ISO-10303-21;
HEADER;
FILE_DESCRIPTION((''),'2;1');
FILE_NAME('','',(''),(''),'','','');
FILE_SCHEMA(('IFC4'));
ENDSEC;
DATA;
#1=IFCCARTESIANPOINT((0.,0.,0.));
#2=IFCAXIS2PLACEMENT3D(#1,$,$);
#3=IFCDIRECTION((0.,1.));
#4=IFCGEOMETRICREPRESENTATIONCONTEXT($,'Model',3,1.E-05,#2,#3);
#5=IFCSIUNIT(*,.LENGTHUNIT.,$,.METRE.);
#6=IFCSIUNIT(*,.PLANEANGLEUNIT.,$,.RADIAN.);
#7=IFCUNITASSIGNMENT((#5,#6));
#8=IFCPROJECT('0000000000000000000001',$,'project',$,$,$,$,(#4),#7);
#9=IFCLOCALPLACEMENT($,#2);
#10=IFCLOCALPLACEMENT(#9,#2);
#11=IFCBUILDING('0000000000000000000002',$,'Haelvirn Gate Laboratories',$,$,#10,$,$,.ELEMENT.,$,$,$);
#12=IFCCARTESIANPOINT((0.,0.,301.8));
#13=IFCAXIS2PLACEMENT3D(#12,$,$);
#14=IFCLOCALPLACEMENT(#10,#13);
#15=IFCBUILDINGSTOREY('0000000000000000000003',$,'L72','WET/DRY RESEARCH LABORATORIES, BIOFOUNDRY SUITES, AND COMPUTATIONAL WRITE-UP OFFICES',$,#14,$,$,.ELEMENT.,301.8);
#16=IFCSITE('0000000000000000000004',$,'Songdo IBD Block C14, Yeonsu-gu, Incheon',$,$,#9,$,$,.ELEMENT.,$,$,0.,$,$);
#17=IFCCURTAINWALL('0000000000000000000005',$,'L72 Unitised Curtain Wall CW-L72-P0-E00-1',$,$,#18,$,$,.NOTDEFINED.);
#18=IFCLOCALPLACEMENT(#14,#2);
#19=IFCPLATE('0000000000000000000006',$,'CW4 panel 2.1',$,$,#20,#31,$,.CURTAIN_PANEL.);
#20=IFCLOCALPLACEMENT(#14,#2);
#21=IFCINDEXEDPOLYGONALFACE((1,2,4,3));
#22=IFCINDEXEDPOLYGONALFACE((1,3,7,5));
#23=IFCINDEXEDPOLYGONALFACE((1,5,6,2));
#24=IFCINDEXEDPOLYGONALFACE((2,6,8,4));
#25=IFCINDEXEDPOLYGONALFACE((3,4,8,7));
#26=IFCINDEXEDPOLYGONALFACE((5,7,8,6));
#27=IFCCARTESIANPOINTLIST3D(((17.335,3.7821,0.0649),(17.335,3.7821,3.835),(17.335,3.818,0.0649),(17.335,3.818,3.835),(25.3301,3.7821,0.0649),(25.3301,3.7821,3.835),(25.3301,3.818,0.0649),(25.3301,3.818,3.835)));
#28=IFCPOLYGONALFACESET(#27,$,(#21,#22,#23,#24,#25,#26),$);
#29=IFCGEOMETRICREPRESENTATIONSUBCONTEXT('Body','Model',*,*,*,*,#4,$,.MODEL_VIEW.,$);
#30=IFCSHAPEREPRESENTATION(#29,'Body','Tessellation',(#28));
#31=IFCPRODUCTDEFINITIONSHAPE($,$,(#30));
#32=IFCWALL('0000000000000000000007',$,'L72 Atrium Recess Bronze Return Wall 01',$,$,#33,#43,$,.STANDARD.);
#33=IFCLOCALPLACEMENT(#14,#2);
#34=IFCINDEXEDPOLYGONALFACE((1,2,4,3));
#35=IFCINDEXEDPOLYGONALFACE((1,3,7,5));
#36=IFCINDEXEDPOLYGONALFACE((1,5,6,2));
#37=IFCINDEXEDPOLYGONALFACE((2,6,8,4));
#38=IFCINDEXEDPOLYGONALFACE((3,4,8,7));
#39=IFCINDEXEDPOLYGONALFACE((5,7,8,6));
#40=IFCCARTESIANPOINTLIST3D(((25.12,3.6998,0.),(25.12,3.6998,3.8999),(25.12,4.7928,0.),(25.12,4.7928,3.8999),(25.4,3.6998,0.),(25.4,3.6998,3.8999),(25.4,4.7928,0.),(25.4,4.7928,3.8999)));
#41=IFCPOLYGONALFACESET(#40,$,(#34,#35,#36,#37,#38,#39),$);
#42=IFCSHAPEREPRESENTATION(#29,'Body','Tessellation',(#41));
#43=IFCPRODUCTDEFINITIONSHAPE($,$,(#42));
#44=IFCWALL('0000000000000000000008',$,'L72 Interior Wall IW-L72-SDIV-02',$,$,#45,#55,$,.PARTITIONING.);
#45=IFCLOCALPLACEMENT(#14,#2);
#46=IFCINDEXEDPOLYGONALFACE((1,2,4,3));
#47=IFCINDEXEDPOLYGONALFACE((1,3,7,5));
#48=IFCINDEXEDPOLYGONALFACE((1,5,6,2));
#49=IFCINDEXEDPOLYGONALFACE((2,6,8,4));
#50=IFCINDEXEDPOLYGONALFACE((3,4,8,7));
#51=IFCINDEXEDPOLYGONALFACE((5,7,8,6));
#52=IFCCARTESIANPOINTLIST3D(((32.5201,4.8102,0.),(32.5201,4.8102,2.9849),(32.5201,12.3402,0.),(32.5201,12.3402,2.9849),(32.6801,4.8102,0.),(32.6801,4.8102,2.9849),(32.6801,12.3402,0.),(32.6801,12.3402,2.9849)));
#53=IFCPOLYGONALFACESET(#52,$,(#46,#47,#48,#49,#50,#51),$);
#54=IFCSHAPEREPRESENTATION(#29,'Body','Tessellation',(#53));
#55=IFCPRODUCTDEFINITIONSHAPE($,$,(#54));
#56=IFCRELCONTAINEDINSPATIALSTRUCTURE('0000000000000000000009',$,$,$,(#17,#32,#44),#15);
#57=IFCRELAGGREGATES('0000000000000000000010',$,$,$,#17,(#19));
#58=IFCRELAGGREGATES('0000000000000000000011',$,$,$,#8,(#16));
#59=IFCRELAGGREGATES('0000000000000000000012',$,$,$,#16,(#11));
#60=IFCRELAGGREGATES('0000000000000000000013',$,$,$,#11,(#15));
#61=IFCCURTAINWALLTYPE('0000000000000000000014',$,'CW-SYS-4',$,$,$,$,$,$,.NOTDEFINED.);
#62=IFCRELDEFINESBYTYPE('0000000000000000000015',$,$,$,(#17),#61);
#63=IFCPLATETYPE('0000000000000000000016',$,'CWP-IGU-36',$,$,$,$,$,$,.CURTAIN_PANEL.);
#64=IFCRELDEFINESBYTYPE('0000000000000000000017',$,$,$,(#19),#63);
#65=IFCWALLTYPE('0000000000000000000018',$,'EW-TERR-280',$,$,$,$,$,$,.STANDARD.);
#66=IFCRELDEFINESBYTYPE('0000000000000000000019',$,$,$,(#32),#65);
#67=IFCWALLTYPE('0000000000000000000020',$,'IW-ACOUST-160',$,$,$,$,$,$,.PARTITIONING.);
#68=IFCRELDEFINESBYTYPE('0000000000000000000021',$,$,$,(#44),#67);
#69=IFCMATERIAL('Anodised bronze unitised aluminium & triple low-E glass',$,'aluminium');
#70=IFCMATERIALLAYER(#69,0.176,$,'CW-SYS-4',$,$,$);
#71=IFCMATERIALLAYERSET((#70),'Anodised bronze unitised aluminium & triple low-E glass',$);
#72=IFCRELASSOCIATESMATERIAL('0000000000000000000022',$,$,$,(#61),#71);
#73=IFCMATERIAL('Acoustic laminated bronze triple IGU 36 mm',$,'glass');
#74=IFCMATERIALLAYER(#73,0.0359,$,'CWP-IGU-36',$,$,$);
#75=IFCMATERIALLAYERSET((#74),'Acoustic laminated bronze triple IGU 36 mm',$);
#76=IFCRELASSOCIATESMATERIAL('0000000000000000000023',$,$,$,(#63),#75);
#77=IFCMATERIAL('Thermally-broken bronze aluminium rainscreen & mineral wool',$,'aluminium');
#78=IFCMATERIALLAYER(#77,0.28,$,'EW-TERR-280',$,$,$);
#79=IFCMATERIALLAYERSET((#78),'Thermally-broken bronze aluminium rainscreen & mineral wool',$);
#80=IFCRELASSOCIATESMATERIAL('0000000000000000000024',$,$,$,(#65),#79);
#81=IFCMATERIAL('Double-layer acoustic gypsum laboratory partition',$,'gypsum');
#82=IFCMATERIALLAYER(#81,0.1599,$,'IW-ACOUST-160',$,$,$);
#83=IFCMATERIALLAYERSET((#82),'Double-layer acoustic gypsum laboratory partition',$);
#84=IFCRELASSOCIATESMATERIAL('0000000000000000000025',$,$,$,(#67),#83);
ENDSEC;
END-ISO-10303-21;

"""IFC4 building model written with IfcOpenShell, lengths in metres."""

from ifc_helpers import new_model, si_unit, direction, frame, frame_2d, origin, origin_2d, place, context, subcontext, project, spatial, rectangle, extrude, source, transform, mapped, material, layer, layer_set, type_object, element, aggregate, save


model = new_model("IFC4")

# Units and contexts
model_context = context("Model", 3, precision=1e-05, world=origin(), true_north=direction((0.0, 1.0)))
body_context = subcontext(model_context, "Body", "Model", "MODEL_VIEW")
ifc_project = project(units=[si_unit("LENGTHUNIT", "METRE"), si_unit("PLANEANGLEUNIT", "RADIAN")], contexts=[model_context])

# Site, building, storey
site_placement = place(None, origin())
site = spatial("IfcSite", under=ifc_project, at=site_placement, Name="Songdo IBD Block C14, Yeonsu-gu, Incheon", CompositionType="ELEMENT", RefElevation=0.0)
building_placement = place(site_placement, origin())
building = spatial("IfcBuilding", under=site, at=building_placement, Name="Haelvirn Gate Laboratories", CompositionType="ELEMENT")
storey_placement = place(building_placement, frame((0.0, 0.0, 301.8)))
storey = spatial("IfcBuildingStorey", under=building, at=storey_placement, Name="L72", Description="WET/DRY RESEARCH LABORATORIES, BIOFOUNDRY SUITES, AND COMPUTATIONAL WRITE-UP OFFICES", CompositionType="ELEMENT", Elevation=301.8)

# Curtain wall
ifc_material_1 = material(Name="Anodised bronze unitised aluminium & triple low-E glass", Category="aluminium")
ifc_layer_1 = layer(ifc_material_1, 0.176, Name="CW-SYS-4")
ifc_layer_set_1 = layer_set([ifc_layer_1], Name="Anodised bronze unitised aluminium & triple low-E glass")
curtain_wall_type = type_object("IfcCurtainWallType", Name="CW-SYS-4", PredefinedType="NOTDEFINED", material=ifc_layer_set_1)
curtain_wall_1_placement = place(storey_placement, origin())
curtain_wall_1 = element("IfcCurtainWall", 1, at=curtain_wall_1_placement, inside=storey, type_object=curtain_wall_type, Name="L72 Unitised Curtain Wall CW-L72-P0-E00-1", PredefinedType="NOTDEFINED")

# Plate
ifc_material_2 = material(Name="Acoustic laminated bronze triple IGU 36 mm", Category="glass")
ifc_layer_2 = layer(ifc_material_2, 0.0359, Name="CWP-IGU-36")
ifc_layer_set_2 = layer_set([ifc_layer_2], Name="Acoustic laminated bronze triple IGU 36 mm")
plate_type = type_object("IfcPlateType", Name="CWP-IGU-36", PredefinedType="CURTAIN_PANEL", material=ifc_layer_set_2)
shared_shape_1 = source(origin(), body_context, "Body", "SweptSolid", [
    extrude(rectangle(XDim=7.9951, YDim=0.0359, at=origin_2d()), origin(), (0.0, 0.0, 1.0), 3.77),
])
plate_1_placement = place(storey_placement, frame((21.3325, 3.8, 0.0649), z_axis=(0.0, 0.0, 1.0), x_axis=(1.0, 0.0, 0.0)))
plate_1 = element("IfcPlate", 2, at=plate_1_placement, type_object=plate_type, Name="CW4 panel 2.1", PredefinedType="CURTAIN_PANEL", context=body_context, shape_type="MappedRepresentation", body=[
    mapped(shared_shape_1, transform((0.0, 0.0, 0.0), scale=1.0)),
])
aggregate(curtain_wall_1, [plate_1])

# Walls
ifc_material_3 = material(Name="Thermally-broken bronze aluminium rainscreen & mineral wool", Category="aluminium")
ifc_layer_3 = layer(ifc_material_3, 0.28, Name="EW-TERR-280")
ifc_layer_set_3 = layer_set([ifc_layer_3], Name="Thermally-broken bronze aluminium rainscreen & mineral wool")
wall_type_1 = type_object("IfcWallType", Name="EW-TERR-280", PredefinedType="STANDARD", material=ifc_layer_set_3)
wall_1_placement = place(storey_placement, frame((25.26, 3.7, 0.0), z_axis=(0.0, 0.0, 1.0), x_axis=(0.0, 1.0, 0.0)))
element("IfcWall", 3, at=wall_1_placement, inside=storey, type_object=wall_type_1, Name="L72 Atrium Recess Bronze Return Wall 01", PredefinedType="STANDARD", context=body_context, shape_type="SweptSolid", body=[
    extrude(rectangle(XDim=1.093, YDim=0.28, at=frame_2d((0.5464, 0.0))), origin(), (0.0, 0.0, 1.0), 3.8999),
])
ifc_material_4 = material(Name="Double-layer acoustic gypsum laboratory partition", Category="gypsum")
ifc_layer_4 = layer(ifc_material_4, 0.1599, Name="IW-ACOUST-160")
ifc_layer_set_4 = layer_set([ifc_layer_4], Name="Double-layer acoustic gypsum laboratory partition")
wall_type_2 = type_object("IfcWallType", Name="IW-ACOUST-160", PredefinedType="PARTITIONING", material=ifc_layer_set_4)
wall_2_placement = place(storey_placement, frame((32.6001, 4.8101, 0.0), z_axis=(0.0, 0.0, 1.0), x_axis=(0.0, 1.0, 0.0)))
element("IfcWall", 4, at=wall_2_placement, inside=storey, type_object=wall_type_2, Name="L72 Interior Wall IW-L72-SDIV-02", PredefinedType="PARTITIONING", context=body_context, shape_type="SweptSolid", body=[
    extrude(rectangle(XDim=7.53, YDim=0.1599, at=frame_2d((3.7651, 0.0))), origin(), (0.0, 0.0, 1.0), 2.9849),
])

save(model, "model.ifc")
